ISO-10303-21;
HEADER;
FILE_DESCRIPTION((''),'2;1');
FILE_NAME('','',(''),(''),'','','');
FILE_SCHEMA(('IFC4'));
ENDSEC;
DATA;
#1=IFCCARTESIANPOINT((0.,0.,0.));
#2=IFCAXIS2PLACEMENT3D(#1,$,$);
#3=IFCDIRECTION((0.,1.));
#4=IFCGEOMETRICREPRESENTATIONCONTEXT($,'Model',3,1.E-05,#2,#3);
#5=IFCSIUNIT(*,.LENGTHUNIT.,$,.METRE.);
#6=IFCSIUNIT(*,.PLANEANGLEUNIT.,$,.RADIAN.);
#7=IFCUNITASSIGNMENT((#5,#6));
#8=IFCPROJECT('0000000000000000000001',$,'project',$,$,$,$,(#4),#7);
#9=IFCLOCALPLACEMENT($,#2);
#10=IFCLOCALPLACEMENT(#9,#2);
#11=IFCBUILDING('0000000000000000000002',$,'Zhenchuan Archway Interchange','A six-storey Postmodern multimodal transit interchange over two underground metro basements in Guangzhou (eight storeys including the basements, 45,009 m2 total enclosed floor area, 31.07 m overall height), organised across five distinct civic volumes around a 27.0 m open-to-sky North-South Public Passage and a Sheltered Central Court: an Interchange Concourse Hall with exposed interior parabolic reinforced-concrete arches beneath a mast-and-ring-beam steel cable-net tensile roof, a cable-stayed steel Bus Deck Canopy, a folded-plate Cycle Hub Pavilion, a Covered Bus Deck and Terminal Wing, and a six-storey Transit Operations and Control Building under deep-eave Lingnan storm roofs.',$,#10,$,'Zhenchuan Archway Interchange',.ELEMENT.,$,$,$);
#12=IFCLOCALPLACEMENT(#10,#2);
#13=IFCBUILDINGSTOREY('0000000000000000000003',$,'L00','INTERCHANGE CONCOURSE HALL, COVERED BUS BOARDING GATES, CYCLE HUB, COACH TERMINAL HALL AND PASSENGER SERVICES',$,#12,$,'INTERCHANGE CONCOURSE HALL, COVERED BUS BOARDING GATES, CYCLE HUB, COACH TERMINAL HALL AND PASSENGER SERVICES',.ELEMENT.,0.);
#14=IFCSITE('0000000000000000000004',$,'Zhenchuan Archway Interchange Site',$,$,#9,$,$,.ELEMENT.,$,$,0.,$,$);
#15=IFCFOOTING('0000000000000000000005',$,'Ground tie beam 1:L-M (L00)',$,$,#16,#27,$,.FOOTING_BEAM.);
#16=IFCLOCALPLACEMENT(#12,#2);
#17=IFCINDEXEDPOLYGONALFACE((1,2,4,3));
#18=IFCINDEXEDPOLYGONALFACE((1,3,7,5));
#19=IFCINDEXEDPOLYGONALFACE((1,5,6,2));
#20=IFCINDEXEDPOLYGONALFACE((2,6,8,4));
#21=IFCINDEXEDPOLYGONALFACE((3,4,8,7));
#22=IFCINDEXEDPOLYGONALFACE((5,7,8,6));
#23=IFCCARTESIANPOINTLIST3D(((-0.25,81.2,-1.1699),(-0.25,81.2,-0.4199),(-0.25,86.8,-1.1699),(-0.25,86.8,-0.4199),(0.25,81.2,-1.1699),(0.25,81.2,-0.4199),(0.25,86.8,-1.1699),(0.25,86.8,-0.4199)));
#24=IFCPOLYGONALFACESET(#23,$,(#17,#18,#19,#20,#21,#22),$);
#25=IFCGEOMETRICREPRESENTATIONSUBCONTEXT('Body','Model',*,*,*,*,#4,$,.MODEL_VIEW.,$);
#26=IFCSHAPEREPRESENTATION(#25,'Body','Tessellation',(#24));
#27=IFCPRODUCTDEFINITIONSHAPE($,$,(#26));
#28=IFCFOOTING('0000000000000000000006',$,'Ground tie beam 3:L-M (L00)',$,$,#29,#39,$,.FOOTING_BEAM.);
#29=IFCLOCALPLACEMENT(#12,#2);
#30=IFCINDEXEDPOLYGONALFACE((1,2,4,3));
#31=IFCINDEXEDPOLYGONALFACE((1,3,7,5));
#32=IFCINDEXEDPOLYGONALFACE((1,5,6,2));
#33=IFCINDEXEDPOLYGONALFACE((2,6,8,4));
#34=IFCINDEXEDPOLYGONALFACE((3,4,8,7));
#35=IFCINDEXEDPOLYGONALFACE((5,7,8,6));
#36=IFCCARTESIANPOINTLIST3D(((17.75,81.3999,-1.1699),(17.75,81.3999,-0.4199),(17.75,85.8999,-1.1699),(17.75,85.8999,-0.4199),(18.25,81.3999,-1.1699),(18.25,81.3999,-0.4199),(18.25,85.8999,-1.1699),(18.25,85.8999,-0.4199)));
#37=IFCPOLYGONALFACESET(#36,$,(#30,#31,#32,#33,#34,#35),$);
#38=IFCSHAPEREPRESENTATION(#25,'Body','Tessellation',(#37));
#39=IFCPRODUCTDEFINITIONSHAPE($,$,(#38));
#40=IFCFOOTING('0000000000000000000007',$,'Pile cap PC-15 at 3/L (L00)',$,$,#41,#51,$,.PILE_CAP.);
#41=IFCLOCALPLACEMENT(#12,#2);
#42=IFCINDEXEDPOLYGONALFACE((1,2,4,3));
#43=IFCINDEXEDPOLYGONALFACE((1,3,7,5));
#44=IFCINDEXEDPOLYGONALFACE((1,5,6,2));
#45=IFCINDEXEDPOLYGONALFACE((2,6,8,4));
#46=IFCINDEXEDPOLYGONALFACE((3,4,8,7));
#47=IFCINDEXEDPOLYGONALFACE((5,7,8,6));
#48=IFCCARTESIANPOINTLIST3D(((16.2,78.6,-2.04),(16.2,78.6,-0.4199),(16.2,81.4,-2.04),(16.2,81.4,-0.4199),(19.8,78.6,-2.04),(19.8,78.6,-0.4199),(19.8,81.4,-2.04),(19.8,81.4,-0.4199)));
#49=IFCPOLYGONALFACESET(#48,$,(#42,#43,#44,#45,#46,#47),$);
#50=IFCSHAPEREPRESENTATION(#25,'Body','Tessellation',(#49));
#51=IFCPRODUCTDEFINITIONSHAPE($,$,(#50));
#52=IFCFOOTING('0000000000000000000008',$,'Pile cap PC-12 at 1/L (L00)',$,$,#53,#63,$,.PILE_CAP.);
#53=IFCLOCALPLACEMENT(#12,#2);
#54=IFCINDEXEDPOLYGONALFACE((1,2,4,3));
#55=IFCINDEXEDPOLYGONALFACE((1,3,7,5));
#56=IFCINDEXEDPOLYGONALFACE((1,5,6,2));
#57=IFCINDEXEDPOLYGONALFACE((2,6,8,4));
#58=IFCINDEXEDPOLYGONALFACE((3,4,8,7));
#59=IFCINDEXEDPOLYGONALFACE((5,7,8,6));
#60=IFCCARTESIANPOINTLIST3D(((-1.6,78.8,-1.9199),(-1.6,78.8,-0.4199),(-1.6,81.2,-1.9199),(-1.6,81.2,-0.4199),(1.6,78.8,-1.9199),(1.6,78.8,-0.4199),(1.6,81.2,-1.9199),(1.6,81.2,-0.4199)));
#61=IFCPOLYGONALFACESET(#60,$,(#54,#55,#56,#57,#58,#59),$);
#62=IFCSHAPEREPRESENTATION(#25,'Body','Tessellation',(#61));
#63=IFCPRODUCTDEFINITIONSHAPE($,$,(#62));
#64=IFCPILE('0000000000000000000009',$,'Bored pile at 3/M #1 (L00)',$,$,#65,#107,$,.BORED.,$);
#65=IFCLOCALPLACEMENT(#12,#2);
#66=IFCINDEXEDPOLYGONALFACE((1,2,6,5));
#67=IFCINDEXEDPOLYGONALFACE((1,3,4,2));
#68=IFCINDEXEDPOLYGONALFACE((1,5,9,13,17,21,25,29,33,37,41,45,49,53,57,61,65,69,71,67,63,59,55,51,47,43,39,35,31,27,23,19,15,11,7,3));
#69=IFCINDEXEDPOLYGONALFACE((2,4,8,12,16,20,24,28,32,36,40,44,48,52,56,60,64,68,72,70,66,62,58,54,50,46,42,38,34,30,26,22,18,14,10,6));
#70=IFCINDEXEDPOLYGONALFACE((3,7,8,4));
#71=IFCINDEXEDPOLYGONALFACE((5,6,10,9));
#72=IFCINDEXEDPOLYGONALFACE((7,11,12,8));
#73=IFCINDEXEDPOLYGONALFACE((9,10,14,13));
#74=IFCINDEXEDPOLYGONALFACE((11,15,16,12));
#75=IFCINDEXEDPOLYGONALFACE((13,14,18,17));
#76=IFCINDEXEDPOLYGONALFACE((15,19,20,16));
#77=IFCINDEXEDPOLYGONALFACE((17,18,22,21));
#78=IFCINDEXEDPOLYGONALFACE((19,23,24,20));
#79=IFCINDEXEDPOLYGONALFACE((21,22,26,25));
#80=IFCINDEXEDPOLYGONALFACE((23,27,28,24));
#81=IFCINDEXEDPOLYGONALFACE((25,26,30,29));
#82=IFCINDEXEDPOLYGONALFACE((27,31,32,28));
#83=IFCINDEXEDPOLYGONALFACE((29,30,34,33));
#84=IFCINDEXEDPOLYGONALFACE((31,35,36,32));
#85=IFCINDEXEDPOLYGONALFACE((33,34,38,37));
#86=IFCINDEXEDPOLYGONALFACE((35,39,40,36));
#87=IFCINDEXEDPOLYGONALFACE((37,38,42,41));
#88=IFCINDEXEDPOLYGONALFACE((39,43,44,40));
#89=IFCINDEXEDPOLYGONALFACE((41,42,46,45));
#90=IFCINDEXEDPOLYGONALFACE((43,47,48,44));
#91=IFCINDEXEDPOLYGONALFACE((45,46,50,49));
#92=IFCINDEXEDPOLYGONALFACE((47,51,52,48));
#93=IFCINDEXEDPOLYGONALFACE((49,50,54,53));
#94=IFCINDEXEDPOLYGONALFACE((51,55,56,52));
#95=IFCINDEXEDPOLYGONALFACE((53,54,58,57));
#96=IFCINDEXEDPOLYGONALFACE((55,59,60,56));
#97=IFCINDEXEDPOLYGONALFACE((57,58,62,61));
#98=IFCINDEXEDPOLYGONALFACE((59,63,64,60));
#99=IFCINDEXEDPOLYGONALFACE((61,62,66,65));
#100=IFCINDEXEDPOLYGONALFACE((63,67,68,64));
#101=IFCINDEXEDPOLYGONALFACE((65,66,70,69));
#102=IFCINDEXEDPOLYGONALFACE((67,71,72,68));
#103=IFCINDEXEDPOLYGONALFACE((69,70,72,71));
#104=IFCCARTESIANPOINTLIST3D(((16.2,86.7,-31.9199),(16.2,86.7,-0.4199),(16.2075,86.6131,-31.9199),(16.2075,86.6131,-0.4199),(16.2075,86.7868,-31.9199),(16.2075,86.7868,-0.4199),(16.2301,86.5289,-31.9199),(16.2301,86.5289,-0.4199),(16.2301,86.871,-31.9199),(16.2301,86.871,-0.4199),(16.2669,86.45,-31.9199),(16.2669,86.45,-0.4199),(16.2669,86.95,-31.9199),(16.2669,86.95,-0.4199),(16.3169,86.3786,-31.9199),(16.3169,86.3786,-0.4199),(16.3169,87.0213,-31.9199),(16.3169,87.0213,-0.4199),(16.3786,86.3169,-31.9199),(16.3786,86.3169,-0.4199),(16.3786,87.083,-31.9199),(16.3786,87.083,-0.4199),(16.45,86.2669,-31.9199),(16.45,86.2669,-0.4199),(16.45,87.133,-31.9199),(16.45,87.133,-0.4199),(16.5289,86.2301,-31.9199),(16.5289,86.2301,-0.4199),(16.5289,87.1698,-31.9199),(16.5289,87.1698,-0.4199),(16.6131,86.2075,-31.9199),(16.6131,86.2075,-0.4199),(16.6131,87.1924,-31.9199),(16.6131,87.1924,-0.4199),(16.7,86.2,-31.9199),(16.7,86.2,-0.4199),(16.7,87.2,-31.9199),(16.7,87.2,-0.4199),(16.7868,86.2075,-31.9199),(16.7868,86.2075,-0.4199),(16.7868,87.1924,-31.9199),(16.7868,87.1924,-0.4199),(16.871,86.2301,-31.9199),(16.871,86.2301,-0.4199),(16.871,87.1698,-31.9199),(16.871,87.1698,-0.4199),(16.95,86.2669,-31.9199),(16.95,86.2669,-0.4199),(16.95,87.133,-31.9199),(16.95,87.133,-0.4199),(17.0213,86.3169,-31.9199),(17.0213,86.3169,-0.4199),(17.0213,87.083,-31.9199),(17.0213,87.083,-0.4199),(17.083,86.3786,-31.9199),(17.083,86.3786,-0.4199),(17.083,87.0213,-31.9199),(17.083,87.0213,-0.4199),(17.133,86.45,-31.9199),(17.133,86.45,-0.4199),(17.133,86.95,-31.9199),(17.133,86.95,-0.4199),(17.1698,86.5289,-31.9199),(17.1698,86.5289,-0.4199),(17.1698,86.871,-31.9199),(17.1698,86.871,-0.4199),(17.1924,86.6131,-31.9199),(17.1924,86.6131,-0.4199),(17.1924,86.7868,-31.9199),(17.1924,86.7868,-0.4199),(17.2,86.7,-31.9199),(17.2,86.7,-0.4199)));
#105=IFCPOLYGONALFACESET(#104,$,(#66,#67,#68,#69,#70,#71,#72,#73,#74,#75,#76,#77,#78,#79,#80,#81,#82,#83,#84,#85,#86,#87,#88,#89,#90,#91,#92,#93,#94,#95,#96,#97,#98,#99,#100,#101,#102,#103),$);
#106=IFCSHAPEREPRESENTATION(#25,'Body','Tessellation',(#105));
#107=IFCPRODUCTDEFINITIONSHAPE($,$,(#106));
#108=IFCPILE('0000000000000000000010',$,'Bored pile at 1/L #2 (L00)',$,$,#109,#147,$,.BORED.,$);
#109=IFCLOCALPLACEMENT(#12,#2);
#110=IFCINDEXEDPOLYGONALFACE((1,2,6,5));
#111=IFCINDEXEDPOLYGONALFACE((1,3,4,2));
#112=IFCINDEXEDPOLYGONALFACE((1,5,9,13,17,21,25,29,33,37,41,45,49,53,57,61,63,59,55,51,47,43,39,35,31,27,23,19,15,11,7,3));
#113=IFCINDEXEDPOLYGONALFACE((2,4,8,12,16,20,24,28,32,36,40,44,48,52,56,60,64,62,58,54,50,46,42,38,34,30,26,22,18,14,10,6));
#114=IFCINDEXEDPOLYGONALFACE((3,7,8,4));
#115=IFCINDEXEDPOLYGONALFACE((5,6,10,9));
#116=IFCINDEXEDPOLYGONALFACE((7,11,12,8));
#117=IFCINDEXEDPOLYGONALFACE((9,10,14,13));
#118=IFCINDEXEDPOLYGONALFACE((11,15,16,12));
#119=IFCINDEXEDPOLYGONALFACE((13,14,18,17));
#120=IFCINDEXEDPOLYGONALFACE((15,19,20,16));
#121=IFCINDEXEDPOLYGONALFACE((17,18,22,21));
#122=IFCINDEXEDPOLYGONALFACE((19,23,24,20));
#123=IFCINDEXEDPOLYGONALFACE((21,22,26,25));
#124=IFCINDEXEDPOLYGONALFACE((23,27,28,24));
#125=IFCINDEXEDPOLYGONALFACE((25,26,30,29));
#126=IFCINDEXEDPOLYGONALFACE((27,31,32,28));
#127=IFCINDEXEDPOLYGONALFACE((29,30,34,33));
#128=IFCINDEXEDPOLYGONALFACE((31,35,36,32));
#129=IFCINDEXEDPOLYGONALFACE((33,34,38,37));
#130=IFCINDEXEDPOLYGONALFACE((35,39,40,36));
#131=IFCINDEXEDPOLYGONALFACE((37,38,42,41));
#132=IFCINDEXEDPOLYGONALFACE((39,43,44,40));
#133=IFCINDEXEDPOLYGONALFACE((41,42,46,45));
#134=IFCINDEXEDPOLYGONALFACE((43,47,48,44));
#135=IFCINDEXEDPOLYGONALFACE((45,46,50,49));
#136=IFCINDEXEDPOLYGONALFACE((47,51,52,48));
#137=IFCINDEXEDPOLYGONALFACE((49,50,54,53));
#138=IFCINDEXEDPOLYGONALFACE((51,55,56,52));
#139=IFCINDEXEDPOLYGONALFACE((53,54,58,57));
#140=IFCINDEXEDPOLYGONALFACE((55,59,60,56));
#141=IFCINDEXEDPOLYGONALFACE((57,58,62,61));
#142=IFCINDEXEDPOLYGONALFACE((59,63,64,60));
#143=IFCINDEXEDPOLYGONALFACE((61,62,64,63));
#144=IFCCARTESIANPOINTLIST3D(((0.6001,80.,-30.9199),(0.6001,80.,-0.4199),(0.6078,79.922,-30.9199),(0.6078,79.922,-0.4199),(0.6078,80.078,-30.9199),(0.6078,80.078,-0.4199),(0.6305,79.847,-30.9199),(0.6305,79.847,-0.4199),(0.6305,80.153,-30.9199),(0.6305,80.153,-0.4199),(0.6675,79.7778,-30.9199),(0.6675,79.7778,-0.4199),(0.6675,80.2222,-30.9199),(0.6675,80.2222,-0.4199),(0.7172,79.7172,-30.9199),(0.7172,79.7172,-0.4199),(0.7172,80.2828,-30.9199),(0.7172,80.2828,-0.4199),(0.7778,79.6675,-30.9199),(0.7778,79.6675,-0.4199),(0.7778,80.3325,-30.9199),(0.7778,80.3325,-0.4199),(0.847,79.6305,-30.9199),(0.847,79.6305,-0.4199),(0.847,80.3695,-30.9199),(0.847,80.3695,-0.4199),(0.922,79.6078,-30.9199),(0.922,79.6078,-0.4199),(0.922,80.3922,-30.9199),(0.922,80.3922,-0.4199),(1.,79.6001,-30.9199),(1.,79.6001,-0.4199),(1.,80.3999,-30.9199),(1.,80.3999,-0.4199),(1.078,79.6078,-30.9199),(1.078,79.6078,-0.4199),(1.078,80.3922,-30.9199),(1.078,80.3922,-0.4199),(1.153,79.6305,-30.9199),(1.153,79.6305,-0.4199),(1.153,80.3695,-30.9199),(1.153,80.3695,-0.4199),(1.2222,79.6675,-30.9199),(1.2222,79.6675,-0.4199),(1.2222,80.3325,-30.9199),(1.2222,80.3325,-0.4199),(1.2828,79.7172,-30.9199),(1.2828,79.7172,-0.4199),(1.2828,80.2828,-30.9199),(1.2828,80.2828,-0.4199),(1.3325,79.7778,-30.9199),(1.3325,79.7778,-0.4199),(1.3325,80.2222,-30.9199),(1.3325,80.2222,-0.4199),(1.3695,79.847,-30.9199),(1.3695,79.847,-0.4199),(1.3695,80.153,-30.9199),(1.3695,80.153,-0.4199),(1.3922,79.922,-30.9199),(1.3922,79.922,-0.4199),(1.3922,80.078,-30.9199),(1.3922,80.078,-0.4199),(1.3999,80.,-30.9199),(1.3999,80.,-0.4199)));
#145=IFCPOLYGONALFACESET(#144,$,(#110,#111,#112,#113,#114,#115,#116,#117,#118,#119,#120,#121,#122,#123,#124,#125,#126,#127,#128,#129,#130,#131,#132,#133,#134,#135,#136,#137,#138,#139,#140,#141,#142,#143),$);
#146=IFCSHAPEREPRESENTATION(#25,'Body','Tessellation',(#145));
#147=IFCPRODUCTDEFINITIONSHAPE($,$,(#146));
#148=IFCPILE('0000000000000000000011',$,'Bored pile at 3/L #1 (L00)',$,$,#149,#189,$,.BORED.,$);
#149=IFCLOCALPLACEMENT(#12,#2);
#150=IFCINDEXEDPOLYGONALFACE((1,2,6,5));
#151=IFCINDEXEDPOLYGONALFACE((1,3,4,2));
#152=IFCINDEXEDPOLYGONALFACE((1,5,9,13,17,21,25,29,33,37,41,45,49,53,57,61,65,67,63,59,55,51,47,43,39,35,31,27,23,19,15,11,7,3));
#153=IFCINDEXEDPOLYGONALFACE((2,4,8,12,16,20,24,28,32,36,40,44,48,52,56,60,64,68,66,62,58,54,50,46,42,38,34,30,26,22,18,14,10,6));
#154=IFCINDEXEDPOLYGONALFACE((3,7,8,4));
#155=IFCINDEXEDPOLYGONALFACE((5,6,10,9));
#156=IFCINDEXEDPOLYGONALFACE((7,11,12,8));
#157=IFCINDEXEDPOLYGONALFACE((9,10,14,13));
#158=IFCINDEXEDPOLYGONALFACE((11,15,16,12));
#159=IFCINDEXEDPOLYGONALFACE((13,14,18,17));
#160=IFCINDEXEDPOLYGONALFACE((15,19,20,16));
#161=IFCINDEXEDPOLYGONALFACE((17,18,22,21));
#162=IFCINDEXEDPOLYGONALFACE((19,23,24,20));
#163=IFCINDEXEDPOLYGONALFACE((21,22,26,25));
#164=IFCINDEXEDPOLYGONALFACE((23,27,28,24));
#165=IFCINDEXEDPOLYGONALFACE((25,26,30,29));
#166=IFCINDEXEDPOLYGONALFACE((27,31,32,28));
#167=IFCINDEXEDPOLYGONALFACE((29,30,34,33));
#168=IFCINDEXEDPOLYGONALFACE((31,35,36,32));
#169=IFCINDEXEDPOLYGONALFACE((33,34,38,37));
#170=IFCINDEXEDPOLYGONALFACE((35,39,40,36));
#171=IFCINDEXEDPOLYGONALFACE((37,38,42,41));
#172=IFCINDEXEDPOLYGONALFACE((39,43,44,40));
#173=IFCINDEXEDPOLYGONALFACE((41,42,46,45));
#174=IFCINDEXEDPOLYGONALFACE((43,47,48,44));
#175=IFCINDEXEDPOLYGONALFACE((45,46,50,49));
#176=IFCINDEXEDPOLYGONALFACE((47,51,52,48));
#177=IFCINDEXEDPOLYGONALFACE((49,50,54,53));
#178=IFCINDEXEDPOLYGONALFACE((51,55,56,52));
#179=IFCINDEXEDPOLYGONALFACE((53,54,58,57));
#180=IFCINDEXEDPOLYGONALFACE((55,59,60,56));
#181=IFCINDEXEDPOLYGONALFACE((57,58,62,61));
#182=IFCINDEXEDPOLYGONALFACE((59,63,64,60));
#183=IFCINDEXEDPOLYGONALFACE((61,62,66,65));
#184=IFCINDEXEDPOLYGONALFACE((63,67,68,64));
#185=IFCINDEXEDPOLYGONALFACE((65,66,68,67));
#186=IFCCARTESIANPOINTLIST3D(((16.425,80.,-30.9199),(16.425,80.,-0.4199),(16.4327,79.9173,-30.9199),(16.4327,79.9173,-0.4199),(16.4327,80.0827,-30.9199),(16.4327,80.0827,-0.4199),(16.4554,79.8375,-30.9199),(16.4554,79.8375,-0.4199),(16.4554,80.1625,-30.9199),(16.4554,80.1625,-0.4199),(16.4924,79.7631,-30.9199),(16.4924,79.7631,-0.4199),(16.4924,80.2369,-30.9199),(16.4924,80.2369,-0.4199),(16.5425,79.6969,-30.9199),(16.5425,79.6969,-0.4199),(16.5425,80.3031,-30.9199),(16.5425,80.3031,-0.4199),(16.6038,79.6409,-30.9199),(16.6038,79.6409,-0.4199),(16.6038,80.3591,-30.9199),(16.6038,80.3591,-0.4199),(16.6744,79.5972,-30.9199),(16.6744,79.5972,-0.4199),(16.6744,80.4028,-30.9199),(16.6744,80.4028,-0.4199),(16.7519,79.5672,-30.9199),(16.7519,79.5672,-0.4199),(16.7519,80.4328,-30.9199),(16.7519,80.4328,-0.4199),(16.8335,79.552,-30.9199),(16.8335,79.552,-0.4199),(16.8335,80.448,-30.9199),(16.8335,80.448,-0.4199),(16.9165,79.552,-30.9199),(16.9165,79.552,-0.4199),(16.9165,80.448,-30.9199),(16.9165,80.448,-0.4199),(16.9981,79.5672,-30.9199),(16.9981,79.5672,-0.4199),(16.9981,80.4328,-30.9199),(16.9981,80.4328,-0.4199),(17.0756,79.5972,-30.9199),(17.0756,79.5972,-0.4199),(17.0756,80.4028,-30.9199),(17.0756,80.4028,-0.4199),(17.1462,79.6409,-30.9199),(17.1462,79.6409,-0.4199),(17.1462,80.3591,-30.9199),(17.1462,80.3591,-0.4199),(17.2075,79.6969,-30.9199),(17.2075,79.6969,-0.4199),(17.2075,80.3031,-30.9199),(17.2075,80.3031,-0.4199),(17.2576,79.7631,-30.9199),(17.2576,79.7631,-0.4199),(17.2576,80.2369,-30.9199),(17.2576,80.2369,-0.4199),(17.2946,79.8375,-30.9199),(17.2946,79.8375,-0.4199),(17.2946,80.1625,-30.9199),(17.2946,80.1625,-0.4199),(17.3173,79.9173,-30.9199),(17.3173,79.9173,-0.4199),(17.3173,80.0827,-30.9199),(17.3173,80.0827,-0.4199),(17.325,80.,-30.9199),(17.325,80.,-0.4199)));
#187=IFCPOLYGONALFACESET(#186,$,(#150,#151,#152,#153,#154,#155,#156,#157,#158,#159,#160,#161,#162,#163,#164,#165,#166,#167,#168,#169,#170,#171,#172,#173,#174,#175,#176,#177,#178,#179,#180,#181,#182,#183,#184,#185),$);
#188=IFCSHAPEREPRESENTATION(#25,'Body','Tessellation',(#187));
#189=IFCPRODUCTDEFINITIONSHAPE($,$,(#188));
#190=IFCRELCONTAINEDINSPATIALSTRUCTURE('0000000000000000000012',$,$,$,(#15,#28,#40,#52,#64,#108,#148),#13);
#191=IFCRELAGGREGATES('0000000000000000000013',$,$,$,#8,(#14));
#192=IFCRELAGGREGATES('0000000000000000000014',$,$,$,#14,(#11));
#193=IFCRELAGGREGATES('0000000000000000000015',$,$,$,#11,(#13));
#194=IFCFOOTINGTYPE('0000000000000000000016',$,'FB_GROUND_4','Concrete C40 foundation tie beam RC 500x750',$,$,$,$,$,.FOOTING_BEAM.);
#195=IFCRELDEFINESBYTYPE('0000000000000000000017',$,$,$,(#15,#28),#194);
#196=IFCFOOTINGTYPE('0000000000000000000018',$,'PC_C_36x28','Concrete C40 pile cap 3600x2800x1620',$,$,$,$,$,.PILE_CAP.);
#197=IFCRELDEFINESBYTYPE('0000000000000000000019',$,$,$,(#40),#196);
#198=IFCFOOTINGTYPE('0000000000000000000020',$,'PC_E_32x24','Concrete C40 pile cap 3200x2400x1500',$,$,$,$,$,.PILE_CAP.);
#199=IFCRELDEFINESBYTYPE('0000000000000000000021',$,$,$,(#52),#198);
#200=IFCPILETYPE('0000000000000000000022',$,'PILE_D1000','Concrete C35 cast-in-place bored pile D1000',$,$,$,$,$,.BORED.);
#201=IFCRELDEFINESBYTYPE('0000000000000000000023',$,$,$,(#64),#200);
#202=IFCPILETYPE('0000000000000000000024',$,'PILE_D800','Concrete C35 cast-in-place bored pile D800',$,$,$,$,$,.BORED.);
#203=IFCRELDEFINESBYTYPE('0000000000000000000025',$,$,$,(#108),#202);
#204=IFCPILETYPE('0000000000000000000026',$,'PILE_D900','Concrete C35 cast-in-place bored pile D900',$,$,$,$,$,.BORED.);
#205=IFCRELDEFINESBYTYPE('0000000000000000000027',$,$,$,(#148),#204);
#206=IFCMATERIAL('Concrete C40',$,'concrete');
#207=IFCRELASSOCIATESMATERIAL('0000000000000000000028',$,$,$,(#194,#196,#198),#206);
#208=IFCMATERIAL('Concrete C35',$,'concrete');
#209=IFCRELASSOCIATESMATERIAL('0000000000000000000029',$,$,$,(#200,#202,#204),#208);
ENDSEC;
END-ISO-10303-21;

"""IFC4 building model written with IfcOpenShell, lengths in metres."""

from ifc_helpers import new_model, si_unit, direction, frame, origin, origin_2d, place, context, subcontext, project, spatial, rectangle, circle, extrude, material, material_profile, profile_set, type_object, element, save


model = new_model("IFC4")

# Units and contexts
model_context = context("Model", 3, precision=1e-05, world=origin(), true_north=direction((0.0, 1.0)))
body_context = subcontext(model_context, "Body", "Model", "MODEL_VIEW")
ifc_project = project(units=[si_unit("LENGTHUNIT", "METRE"), si_unit("PLANEANGLEUNIT", "RADIAN")], contexts=[model_context])

# Site, building, storey
site_placement = place(None, origin())
site = spatial("IfcSite", under=ifc_project, at=site_placement, Name="Zhenchuan Archway Interchange Site", CompositionType="ELEMENT", RefElevation=0.0)
building_placement = place(site_placement, origin())
building = spatial("IfcBuilding", under=site, at=building_placement, Name="Zhenchuan Archway Interchange", Description="A six-storey Postmodern multimodal transit interchange over two underground metro basements in Guangzhou (eight storeys including the basements, 45,009 m2 total enclosed floor area, 31.07 m overall height), organised across five distinct civic volumes around a 27.0 m open-to-sky North-South Public Passage and a Sheltered Central Court: an Interchange Concourse Hall with exposed interior parabolic reinforced-concrete arches beneath a mast-and-ring-beam steel cable-net tensile roof, a cable-stayed steel Bus Deck Canopy, a folded-plate Cycle Hub Pavilion, a Covered Bus Deck and Terminal Wing, and a six-storey Transit Operations and Control Building under deep-eave Lingnan storm roofs.", LongName="Zhenchuan Archway Interchange", CompositionType="ELEMENT")
storey_placement = place(building_placement, origin())
storey = spatial("IfcBuildingStorey", under=building, at=storey_placement, Name="L00", Description="INTERCHANGE CONCOURSE HALL, COVERED BUS BOARDING GATES, CYCLE HUB, COACH TERMINAL HALL AND PASSENGER SERVICES", LongName="INTERCHANGE CONCOURSE HALL, COVERED BUS BOARDING GATES, CYCLE HUB, COACH TERMINAL HALL AND PASSENGER SERVICES", CompositionType="ELEMENT", Elevation=0.0)

# Footings
ifc_material_1 = material(Name="Concrete C40", Category="concrete")
ifc_material_profile_1 = material_profile(ifc_material_1, rectangle(XDim=0.5, YDim=0.75, at=origin_2d()), Name="RC 500x750")
ifc_profile_set_1 = profile_set([ifc_material_profile_1], Name="Concrete C40")
footing_type_1 = type_object("IfcFootingType", Name="FB_GROUND_4", Description="Concrete C40 foundation tie beam RC 500x750", PredefinedType="FOOTING_BEAM", material=ifc_profile_set_1)
footing_1_placement = place(storey_placement, frame((0.0, 81.2, -0.7949), z_axis=(0.0, 1.0, 0.0), x_axis=(-1.0, 0.0, 0.0)))
element("IfcFooting", 1, at=footing_1_placement, inside=storey, type_object=footing_type_1, Name="Ground tie beam 1:L-M (L00)", PredefinedType="FOOTING_BEAM", context=body_context, shape_type="SweptSolid", body=[
    extrude(rectangle(XDim=0.5, YDim=0.75, at=origin_2d()), origin(), (0.0, 0.0, 1.0), 5.6001),
])
footing_2_placement = place(storey_placement, frame((18.0, 81.3999, -0.7949), z_axis=(0.0, 1.0, 0.0), x_axis=(-1.0, 0.0, 0.0)))
element("IfcFooting", 2, at=footing_2_placement, inside=storey, type_object=footing_type_1, Name="Ground tie beam 3:L-M (L00)", PredefinedType="FOOTING_BEAM", context=body_context, shape_type="SweptSolid", body=[
    extrude(rectangle(XDim=0.5, YDim=0.75, at=origin_2d()), origin(), (0.0, 0.0, 1.0), 4.5),
])
footing_type_2 = type_object("IfcFootingType", Name="PC_C_36x28", Description="Concrete C40 pile cap 3600x2800x1620", PredefinedType="PILE_CAP", material=ifc_material_1)
footing_3_placement = place(storey_placement, frame((18.0, 80.0, -2.04), z_axis=(0.0, 0.0, 1.0), x_axis=(1.0, 0.0, 0.0)))
element("IfcFooting", 3, at=footing_3_placement, inside=storey, type_object=footing_type_2, Name="Pile cap PC-15 at 3/L (L00)", PredefinedType="PILE_CAP", context=body_context, shape_type="SweptSolid", body=[
    extrude(rectangle(XDim=3.6001, YDim=2.8, at=origin_2d()), origin(), (0.0, 0.0, 1.0), 1.6201),
])
footing_type_3 = type_object("IfcFootingType", Name="PC_E_32x24", Description="Concrete C40 pile cap 3200x2400x1500", PredefinedType="PILE_CAP", material=ifc_material_1)
footing_4_placement = place(storey_placement, frame((0.0, 80.0, -1.9199), z_axis=(0.0, 0.0, 1.0), x_axis=(1.0, 0.0, 0.0)))
element("IfcFooting", 4, at=footing_4_placement, inside=storey, type_object=footing_type_3, Name="Pile cap PC-12 at 1/L (L00)", PredefinedType="PILE_CAP", context=body_context, shape_type="SweptSolid", body=[
    extrude(rectangle(XDim=3.2, YDim=2.3999, at=origin_2d()), origin(), (0.0, 0.0, 1.0), 1.5),
])

# Piles
ifc_material_2 = material(Name="Concrete C35", Category="concrete")
ifc_material_profile_2 = material_profile(ifc_material_2, circle(Radius=0.5, at=origin_2d()), Name="BORED PILE 1000")
ifc_profile_set_2 = profile_set([ifc_material_profile_2], Name="Concrete C35")
pile_type_1 = type_object("IfcPileType", Name="PILE_D1000", Description="Concrete C35 cast-in-place bored pile D1000", PredefinedType="BORED", material=ifc_profile_set_2)
pile_1_placement = place(storey_placement, frame((16.7, 86.7, -0.4199), z_axis=(0.0, 0.0, -1.0), x_axis=(1.0, 0.0, 0.0)))
element("IfcPile", 5, at=pile_1_placement, inside=storey, type_object=pile_type_1, Name="Bored pile at 3/M #1 (L00)", PredefinedType="BORED", context=body_context, shape_type="SweptSolid", body=[
    extrude(circle(Radius=0.5, at=origin_2d()), origin(), (0.0, 0.0, 1.0), 31.5),
])
ifc_material_profile_3 = material_profile(ifc_material_2, circle(Radius=0.3999, at=origin_2d()), Name="BORED PILE 800")
ifc_profile_set_3 = profile_set([ifc_material_profile_3], Name="Concrete C35")
pile_type_2 = type_object("IfcPileType", Name="PILE_D800", Description="Concrete C35 cast-in-place bored pile D800", PredefinedType="BORED", material=ifc_profile_set_3)
pile_2_placement = place(storey_placement, frame((1.0, 80.0, -0.4199), z_axis=(0.0, 0.0, -1.0), x_axis=(1.0, 0.0, 0.0)))
element("IfcPile", 6, at=pile_2_placement, inside=storey, type_object=pile_type_2, Name="Bored pile at 1/L #2 (L00)", PredefinedType="BORED", context=body_context, shape_type="SweptSolid", body=[
    extrude(circle(Radius=0.3999, at=origin_2d()), origin(), (0.0, 0.0, 1.0), 30.5),
])
ifc_material_profile_4 = material_profile(ifc_material_2, circle(Radius=0.45, at=origin_2d()), Name="BORED PILE 900")
ifc_profile_set_4 = profile_set([ifc_material_profile_4], Name="Concrete C35")
pile_type_3 = type_object("IfcPileType", Name="PILE_D900", Description="Concrete C35 cast-in-place bored pile D900", PredefinedType="BORED", material=ifc_profile_set_4)
for number, where, z_axis, x_axis, name in (
    (7, (16.875, 80.0, -0.4199), (0.0, 0.0, -1.0), (1.0, 0.0, 0.0), "Bored pile at 3/L #1 (L00)"),
):
    element("IfcPile", number, at=place(storey_placement, frame(where, z_axis=z_axis, x_axis=x_axis)), inside=storey, type_object=pile_type_3, Name=name, PredefinedType="BORED", context=body_context, shape_type="SweptSolid", body=[
        extrude(circle(Radius=0.45, at=origin_2d()), origin(), (0.0, 0.0, 1.0), 30.5),
    ])

save(model, "model.ifc")
